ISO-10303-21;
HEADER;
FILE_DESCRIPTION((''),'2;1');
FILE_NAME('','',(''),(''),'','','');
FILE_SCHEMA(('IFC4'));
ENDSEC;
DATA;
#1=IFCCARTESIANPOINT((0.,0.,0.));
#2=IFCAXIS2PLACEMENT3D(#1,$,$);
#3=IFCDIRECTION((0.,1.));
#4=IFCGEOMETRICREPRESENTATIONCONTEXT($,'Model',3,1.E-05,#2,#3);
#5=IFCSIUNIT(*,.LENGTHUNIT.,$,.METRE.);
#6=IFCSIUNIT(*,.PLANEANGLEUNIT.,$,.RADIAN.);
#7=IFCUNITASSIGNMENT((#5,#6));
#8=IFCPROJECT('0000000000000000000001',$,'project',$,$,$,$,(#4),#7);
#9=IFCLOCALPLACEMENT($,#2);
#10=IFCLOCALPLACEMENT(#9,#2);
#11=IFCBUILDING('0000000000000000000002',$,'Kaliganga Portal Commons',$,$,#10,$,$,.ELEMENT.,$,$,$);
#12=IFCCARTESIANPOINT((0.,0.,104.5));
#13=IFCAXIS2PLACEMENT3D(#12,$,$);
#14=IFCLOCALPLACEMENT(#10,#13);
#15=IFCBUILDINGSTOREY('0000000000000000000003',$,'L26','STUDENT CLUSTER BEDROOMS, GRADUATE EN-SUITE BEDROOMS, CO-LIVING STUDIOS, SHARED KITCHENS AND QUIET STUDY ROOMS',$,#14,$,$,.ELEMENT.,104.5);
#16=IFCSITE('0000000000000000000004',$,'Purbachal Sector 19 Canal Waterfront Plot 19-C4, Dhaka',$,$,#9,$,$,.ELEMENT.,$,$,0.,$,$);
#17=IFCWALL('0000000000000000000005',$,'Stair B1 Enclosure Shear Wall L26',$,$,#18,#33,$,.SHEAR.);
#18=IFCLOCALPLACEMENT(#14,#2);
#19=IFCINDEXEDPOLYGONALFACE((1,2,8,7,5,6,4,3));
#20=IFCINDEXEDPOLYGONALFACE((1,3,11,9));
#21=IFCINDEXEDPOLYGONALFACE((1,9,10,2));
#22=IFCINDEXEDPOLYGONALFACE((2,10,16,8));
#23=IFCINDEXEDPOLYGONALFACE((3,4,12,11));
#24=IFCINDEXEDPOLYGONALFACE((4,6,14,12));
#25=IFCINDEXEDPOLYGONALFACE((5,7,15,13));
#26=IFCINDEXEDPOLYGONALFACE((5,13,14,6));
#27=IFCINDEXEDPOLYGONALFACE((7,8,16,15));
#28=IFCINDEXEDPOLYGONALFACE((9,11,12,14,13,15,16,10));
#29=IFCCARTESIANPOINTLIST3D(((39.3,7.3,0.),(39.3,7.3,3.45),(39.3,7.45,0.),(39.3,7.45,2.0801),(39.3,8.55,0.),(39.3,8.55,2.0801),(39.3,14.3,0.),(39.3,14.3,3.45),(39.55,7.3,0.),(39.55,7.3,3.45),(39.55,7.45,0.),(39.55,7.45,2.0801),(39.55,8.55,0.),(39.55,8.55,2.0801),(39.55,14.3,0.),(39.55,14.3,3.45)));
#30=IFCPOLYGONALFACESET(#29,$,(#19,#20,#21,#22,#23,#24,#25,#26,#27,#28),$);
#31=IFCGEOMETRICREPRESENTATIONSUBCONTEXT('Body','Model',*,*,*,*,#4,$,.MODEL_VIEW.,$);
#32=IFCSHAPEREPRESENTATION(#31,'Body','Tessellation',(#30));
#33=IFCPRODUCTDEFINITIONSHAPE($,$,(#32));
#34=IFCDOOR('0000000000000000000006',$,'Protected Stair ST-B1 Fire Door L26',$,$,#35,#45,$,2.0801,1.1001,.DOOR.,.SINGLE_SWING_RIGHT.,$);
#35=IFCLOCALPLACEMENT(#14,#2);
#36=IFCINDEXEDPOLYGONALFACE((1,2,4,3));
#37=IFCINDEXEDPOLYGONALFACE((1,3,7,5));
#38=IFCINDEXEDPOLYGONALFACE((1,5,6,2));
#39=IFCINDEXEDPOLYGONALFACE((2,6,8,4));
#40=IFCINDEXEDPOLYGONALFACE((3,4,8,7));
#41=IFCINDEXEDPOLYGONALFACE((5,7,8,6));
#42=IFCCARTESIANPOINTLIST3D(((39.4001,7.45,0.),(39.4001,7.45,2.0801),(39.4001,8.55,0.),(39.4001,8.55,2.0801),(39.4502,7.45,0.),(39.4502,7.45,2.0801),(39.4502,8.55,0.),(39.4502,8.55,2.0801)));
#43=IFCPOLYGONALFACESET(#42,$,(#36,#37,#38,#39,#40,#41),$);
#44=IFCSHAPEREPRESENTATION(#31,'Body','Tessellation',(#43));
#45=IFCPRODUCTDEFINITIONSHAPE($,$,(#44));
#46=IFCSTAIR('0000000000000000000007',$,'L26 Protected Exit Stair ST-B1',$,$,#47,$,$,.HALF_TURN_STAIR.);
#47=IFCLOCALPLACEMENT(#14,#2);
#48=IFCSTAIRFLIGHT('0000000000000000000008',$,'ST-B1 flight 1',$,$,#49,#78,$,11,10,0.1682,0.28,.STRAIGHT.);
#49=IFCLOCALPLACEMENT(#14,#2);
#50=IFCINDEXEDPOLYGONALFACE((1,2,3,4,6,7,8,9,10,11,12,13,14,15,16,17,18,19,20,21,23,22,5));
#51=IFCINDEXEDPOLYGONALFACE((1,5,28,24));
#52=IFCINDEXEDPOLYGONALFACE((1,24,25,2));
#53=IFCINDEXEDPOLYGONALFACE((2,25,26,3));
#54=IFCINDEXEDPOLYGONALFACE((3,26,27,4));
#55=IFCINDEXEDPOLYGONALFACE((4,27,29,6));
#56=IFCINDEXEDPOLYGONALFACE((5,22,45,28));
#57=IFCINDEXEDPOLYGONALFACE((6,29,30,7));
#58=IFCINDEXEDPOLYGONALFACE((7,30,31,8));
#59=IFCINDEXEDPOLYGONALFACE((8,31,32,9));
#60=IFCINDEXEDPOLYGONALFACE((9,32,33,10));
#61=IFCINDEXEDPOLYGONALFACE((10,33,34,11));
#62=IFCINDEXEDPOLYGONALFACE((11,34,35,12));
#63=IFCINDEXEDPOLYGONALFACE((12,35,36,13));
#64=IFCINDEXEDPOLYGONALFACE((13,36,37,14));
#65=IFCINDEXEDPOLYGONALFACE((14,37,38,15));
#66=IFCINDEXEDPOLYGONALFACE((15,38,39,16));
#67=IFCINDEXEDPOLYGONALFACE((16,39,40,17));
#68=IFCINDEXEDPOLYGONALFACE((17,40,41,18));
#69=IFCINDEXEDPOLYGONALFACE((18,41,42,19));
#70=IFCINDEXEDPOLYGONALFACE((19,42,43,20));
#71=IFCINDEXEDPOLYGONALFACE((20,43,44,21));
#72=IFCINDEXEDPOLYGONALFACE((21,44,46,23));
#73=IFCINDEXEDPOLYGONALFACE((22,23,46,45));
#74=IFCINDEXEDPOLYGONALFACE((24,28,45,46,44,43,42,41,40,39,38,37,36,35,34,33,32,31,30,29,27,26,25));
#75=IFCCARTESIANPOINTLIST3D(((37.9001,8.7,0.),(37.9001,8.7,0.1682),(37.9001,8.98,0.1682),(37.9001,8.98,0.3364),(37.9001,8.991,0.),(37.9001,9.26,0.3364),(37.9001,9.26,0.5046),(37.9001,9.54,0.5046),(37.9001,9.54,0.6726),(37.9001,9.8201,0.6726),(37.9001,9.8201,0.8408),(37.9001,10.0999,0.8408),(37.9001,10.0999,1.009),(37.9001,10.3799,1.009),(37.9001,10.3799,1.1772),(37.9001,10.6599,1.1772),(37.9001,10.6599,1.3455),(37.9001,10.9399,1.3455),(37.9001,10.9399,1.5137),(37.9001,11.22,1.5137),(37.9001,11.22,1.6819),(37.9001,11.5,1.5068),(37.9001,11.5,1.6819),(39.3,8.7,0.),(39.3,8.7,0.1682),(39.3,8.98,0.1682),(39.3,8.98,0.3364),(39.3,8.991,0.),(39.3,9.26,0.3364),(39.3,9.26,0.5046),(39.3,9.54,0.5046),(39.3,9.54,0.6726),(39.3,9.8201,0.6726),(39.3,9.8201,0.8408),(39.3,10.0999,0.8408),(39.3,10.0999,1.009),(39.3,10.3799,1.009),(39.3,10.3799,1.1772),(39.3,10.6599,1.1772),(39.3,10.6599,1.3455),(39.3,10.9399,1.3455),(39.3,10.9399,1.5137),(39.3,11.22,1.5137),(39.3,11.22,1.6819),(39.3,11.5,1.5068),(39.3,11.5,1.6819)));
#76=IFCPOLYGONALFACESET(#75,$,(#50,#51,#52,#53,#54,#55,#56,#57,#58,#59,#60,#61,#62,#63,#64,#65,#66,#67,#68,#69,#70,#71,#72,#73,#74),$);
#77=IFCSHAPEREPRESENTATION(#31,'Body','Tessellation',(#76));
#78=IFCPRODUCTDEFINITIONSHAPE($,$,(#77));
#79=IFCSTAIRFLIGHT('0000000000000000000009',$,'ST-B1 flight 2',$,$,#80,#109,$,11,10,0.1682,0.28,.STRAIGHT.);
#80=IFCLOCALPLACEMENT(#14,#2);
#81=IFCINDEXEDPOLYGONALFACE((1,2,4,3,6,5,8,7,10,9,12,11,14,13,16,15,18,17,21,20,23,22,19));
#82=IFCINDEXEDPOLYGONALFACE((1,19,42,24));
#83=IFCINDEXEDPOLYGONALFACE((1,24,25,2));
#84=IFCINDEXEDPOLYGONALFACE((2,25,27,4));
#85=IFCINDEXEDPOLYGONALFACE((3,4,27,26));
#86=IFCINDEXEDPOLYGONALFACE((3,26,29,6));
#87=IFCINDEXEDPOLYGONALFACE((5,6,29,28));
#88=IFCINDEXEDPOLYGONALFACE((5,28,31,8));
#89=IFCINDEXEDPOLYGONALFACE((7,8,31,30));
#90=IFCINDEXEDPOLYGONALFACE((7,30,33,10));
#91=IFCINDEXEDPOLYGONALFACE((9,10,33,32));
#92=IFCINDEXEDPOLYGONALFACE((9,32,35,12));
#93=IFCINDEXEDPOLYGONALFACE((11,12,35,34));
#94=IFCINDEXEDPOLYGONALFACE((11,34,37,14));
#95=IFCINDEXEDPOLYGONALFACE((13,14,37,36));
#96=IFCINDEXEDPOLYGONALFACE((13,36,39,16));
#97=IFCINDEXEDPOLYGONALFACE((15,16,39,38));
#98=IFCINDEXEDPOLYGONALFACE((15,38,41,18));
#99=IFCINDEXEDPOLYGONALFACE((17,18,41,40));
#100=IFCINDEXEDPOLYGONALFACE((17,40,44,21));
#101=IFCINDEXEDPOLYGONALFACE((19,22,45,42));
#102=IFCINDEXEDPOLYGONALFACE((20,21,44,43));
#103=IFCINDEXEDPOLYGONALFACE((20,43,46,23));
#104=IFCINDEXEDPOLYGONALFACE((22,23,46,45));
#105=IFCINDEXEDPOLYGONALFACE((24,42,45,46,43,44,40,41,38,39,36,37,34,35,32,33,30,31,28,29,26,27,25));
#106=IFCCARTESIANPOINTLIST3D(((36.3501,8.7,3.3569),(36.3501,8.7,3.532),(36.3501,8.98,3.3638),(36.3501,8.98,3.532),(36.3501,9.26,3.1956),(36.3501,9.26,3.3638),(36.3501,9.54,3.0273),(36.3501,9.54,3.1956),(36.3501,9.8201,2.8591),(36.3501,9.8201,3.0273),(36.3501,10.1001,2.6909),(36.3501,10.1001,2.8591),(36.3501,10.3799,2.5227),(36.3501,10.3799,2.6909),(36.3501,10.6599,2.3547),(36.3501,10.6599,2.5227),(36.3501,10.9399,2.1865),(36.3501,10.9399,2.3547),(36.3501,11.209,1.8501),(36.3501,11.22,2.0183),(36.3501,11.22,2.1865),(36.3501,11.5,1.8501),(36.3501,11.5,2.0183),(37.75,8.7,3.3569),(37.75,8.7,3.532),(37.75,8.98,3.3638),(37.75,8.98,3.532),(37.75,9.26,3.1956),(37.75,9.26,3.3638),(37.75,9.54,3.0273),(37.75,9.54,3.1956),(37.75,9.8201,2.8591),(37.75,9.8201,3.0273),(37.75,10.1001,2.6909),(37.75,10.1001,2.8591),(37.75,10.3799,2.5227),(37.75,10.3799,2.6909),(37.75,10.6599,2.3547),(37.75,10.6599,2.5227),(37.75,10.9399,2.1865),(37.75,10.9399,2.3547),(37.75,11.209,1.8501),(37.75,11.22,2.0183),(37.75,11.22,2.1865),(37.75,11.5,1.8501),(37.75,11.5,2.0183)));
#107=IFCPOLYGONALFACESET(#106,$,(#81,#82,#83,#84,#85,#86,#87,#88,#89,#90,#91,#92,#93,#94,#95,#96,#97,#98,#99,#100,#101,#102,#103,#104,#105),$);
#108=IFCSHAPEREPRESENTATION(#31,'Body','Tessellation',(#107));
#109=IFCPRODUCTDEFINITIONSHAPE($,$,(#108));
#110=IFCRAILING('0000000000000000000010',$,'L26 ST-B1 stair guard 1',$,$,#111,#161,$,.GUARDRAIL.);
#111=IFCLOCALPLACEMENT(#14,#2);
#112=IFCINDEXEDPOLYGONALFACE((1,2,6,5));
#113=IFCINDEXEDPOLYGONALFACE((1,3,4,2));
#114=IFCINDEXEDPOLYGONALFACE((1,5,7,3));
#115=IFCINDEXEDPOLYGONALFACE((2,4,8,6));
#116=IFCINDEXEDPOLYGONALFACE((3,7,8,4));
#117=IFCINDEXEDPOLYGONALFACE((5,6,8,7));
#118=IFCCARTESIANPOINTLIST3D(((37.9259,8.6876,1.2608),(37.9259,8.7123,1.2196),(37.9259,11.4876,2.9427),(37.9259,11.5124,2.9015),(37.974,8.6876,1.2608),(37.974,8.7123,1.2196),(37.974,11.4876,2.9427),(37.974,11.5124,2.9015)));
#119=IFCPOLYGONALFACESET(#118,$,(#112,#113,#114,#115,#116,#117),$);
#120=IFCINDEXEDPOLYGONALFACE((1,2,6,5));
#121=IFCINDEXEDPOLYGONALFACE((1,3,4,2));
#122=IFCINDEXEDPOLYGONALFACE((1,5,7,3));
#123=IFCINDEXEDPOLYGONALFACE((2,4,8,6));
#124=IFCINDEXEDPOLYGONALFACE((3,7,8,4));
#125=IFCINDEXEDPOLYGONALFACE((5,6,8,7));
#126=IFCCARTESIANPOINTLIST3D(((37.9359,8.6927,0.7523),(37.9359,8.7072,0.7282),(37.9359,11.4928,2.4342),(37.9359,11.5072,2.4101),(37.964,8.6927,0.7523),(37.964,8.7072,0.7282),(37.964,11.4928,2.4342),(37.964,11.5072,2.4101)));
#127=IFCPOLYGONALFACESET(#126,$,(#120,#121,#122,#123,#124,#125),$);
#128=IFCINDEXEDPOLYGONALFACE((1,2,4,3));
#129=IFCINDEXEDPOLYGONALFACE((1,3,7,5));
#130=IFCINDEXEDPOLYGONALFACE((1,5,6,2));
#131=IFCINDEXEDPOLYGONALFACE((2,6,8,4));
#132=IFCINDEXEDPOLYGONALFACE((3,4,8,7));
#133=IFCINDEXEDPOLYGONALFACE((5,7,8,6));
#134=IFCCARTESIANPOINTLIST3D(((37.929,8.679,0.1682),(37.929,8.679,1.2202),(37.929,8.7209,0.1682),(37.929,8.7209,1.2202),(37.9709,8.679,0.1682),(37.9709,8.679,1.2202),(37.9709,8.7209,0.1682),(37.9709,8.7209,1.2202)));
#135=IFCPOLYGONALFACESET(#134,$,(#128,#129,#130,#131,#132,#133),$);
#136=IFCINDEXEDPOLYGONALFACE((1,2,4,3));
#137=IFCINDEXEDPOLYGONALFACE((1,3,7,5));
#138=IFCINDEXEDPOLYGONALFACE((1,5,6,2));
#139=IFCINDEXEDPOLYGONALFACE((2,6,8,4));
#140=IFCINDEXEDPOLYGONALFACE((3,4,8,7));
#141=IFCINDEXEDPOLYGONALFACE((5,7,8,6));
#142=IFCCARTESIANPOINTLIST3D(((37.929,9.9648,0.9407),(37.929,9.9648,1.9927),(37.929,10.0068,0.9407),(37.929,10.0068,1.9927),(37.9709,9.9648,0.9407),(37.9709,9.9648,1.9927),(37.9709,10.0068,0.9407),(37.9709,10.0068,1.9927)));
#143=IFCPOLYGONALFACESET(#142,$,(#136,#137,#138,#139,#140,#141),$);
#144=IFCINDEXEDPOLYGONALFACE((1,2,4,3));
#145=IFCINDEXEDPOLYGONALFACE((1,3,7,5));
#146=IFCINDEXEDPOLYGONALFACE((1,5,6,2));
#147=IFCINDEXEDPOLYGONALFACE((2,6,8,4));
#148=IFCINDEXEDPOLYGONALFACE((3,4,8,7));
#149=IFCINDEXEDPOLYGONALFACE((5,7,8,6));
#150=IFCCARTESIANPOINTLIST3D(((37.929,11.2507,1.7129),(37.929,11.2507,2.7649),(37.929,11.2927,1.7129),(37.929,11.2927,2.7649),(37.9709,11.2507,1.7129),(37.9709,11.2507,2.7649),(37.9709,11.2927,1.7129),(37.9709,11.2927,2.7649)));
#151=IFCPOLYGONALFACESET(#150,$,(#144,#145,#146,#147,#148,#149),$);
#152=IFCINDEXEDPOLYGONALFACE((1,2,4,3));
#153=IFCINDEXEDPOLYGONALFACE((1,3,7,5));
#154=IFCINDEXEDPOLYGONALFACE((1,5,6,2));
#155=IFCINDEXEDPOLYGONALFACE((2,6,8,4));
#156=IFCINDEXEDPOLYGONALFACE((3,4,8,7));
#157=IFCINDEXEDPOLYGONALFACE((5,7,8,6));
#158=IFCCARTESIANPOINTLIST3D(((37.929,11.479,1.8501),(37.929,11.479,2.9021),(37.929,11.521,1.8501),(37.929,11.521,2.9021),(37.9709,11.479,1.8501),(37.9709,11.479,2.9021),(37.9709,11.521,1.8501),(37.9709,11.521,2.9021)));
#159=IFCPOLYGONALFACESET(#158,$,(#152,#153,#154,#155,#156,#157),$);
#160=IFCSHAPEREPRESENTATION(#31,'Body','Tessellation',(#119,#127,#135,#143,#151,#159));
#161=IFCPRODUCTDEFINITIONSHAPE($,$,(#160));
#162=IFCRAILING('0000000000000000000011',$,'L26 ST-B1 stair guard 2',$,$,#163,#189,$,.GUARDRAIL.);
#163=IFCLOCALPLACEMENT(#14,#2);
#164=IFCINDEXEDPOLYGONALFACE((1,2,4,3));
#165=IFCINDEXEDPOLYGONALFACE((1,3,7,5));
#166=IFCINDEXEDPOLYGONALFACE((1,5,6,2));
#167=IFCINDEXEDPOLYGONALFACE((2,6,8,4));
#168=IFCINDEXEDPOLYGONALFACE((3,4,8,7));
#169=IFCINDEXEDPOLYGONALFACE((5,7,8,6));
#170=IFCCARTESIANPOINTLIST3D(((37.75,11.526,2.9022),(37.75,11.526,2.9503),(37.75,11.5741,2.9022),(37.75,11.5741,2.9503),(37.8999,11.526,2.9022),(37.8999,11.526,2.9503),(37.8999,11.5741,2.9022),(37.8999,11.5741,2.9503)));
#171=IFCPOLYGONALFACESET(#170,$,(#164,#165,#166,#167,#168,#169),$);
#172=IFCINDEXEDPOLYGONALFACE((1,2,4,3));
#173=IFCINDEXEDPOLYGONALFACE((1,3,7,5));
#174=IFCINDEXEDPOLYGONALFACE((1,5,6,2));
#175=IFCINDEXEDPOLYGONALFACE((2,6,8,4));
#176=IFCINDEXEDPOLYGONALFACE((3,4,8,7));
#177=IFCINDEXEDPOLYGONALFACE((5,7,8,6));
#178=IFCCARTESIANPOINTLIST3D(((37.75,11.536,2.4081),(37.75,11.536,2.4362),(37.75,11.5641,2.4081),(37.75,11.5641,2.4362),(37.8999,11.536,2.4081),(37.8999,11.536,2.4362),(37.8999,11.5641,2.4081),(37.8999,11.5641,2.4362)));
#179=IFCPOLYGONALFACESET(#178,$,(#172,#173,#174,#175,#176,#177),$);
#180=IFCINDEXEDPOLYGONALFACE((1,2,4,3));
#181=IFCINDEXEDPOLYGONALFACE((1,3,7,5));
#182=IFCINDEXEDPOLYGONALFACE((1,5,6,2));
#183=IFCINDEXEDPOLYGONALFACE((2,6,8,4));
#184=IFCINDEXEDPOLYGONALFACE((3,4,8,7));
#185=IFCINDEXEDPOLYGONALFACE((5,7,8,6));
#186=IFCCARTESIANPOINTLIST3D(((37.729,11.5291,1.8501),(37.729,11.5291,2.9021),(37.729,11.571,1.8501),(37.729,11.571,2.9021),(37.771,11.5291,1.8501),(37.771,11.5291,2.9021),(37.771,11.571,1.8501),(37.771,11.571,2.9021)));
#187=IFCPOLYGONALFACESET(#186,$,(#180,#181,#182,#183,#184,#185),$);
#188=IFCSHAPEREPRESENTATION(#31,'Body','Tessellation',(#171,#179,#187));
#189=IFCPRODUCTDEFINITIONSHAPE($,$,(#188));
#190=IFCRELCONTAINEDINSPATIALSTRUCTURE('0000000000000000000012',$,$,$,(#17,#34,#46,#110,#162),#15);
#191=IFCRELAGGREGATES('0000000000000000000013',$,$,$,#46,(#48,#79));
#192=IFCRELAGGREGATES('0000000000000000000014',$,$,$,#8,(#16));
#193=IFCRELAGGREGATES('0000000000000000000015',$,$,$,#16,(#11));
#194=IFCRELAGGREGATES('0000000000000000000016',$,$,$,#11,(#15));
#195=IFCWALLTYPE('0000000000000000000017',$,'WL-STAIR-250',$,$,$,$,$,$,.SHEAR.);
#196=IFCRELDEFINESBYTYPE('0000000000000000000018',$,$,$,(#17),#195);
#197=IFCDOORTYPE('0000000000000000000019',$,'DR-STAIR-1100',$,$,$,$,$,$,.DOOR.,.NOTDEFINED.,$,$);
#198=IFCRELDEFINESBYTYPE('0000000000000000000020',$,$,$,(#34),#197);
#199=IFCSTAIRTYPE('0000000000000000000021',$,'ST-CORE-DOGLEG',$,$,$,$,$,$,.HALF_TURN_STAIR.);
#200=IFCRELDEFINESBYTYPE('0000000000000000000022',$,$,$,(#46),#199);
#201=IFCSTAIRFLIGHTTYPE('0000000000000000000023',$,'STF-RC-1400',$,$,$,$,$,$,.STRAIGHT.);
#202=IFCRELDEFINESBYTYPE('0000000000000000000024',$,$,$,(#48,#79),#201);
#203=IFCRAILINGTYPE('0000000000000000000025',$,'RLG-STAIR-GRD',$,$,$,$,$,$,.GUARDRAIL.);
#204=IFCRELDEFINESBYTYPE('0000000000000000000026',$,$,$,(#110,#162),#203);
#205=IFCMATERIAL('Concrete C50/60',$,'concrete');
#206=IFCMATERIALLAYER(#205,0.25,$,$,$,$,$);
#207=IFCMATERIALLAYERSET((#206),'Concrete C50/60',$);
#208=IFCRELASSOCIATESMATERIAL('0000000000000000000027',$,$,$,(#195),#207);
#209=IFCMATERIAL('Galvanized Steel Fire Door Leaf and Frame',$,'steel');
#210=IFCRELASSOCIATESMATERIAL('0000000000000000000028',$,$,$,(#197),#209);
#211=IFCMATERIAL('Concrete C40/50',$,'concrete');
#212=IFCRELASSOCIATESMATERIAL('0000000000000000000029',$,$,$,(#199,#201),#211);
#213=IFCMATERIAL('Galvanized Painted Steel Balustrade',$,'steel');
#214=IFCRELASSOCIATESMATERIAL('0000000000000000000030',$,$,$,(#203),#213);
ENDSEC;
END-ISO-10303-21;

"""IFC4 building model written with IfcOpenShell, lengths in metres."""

from ifc_helpers import new_model, si_unit, direction, frame, frame_2d, origin, origin_2d, place, context, subcontext, project, spatial, polyline, rectangle, outline, extrude, material, layer, layer_set, type_object, element, fill, aggregate, save


model = new_model("IFC4")

# Units and contexts
model_context = context("Model", 3, precision=1e-05, world=origin(), true_north=direction((0.0, 1.0)))
body_context = subcontext(model_context, "Body", "Model", "MODEL_VIEW")
ifc_project = project(units=[si_unit("LENGTHUNIT", "METRE"), si_unit("PLANEANGLEUNIT", "RADIAN")], contexts=[model_context])

# Site, building, storey
site_placement = place(None, origin())
site = spatial("IfcSite", under=ifc_project, at=site_placement, Name="Purbachal Sector 19 Canal Waterfront Plot 19-C4, Dhaka", CompositionType="ELEMENT", RefElevation=0.0)
building_placement = place(site_placement, origin())
building = spatial("IfcBuilding", under=site, at=building_placement, Name="Kaliganga Portal Commons", CompositionType="ELEMENT")
storey_placement = place(building_placement, frame((0.0, 0.0, 104.5)))
storey = spatial("IfcBuildingStorey", under=building, at=storey_placement, Name="L26", Description="STUDENT CLUSTER BEDROOMS, GRADUATE EN-SUITE BEDROOMS, CO-LIVING STUDIOS, SHARED KITCHENS AND QUIET STUDY ROOMS", CompositionType="ELEMENT", Elevation=104.5)

# Shared definitions
ifc_material_1 = material(Name="Concrete C50/60", Category="concrete")

# Wall, opening, door
ifc_layer_1 = layer(ifc_material_1, 0.25)
ifc_layer_set_1 = layer_set([ifc_layer_1], Name="Concrete C50/60")
wall_type_1 = type_object("IfcWallType", Name="WL-STAIR-250", PredefinedType="SHEAR", material=ifc_layer_set_1)
wall_1_placement = place(storey_placement, frame((39.425, 7.3, 0.0), z_axis=(0.0, 0.0, 1.0), x_axis=(0.0, 1.0, 0.0)))
wall_1 = element("IfcWall", 1, at=wall_1_placement, inside=storey, type_object=wall_type_1, Name="Stair B1 Enclosure Shear Wall L26", PredefinedType="SHEAR", context=body_context, shape_type="SweptSolid", body=[
    extrude(rectangle(XDim=7.0, YDim=0.25, at=frame_2d((3.5, 0.0))), origin(), (0.0, 0.0, 1.0), 3.45),
])
opening_1_placement = place(wall_1_placement, frame((0.1499, 0.0, 0.0)))
opening_1 = element("IfcOpeningElement", 2, at=opening_1_placement, cuts=wall_1, PredefinedType="OPENING", context=body_context, shape_type="SweptSolid", body=[
    extrude(rectangle(XDim=1.1001, YDim=2.0801, at=frame_2d((0.55, 1.04))), frame((0.0, 0.135, 0.0), z_axis=(0.0, -1.0, 0.0), x_axis=(1.0, 0.0, 0.0)), (0.0, 0.0, 1.0), 0.27),
])
ifc_material_2 = material(Name="Galvanized Steel Fire Door Leaf and Frame", Category="steel")
door_type_1 = type_object("IfcDoorType", Name="DR-STAIR-1100", OperationType="NOTDEFINED", PredefinedType="DOOR", material=ifc_material_2)
door_1_placement = place(opening_1_placement, origin())
door_1 = element("IfcDoor", 3, at=door_1_placement, inside=storey, type_object=door_type_1, Name="Protected Stair ST-B1 Fire Door L26", OperationType="SINGLE_SWING_RIGHT", OverallHeight=2.0801, OverallWidth=1.1001, PredefinedType="DOOR", context=body_context, shape_type="SweptSolid", body=[
    extrude(rectangle(XDim=1.1001, YDim=2.0801, at=frame_2d((0.55, 1.04))), frame((0.0, 0.0249, 0.0), z_axis=(0.0, -1.0, 0.0), x_axis=(1.0, 0.0, 0.0)), (0.0, 0.0, 1.0), 0.05),
])
fill(opening_1, door_1)

# Stair, stair flights
ifc_material_3 = material(Name="Concrete C40/50", Category="concrete")
stair_type = type_object("IfcStairType", Name="ST-CORE-DOGLEG", PredefinedType="HALF_TURN_STAIR", material=ifc_material_3)
stair_placement = place(storey_placement, origin())
stair = element("IfcStair", 4, at=stair_placement, inside=storey, type_object=stair_type, Name="L26 Protected Exit Stair ST-B1", PredefinedType="HALF_TURN_STAIR")
stair_flight_type = type_object("IfcStairFlightType", Name="STF-RC-1400", PredefinedType="STRAIGHT", material=ifc_material_3)
stair_flight_1_placement = place(storey_placement, frame((38.6001, 8.7, 0.0), z_axis=(0.0, 0.0, 1.0), x_axis=(0.0, 1.0, 0.0)))
stair_flight_1 = element("IfcStairFlight", 5, at=stair_flight_1_placement, type_object=stair_flight_type, Name="ST-B1 flight 1", NumberOfRisers=11, NumberOfTreads=10, PredefinedType="STRAIGHT", RiserHeight=0.1682, TreadLength=0.28, context=body_context, shape_type="SweptSolid", body=[
    extrude(outline(polyline([(0.0, 0.0), (0.0, 0.1682), (0.28, 0.1682), (0.28, 0.3364), (0.5601, 0.3364), (0.5601, 0.5046), (0.8401, 0.5046), (0.8401, 0.6726), (1.1201, 0.6726), (1.1201, 0.8408), (1.3999, 0.8408), (1.3999, 1.009), (1.6799, 1.009), (1.6799, 1.1772), (1.96, 1.1772), (1.96, 1.3455), (2.24, 1.3455), (2.24, 1.5137), (2.52, 1.5137), (2.52, 1.6819), (2.8, 1.6819), (2.8, 1.8501), (2.8, 1.5068), (0.291, 0.0), (0.0, 0.0)])), frame((0.0, 0.7, 0.0), z_axis=(0.0, -1.0, 0.0), x_axis=(1.0, 0.0, 0.0)), (0.0, 0.0, 1.0), 1.3999),
])
stair_flight_2_placement = place(storey_placement, frame((37.05, 11.5, 1.8501), z_axis=(0.0, 0.0, 1.0), x_axis=(0.0, -1.0, 0.0)))
stair_flight_2 = element("IfcStairFlight", 6, at=stair_flight_2_placement, type_object=stair_flight_type, Name="ST-B1 flight 2", NumberOfRisers=11, NumberOfTreads=10, PredefinedType="STRAIGHT", RiserHeight=0.1682, TreadLength=0.28, context=body_context, shape_type="SweptSolid", body=[
    extrude(outline(polyline([(0.0, 0.0), (0.0, 0.1682), (0.28, 0.1682), (0.28, 0.3364), (0.5601, 0.3364), (0.5601, 0.5046), (0.8401, 0.5046), (0.8401, 0.6726), (1.1201, 0.6726), (1.1201, 0.8408), (1.3999, 0.8408), (1.3999, 1.009), (1.6799, 1.009), (1.6799, 1.1772), (1.96, 1.1772), (1.96, 1.3455), (2.24, 1.3455), (2.24, 1.5137), (2.52, 1.5137), (2.52, 1.6819), (2.8, 1.6819), (2.8, 1.8501), (2.8, 1.5068), (0.291, 0.0), (0.0, 0.0)])), frame((0.0, 0.7, 0.0), z_axis=(0.0, -1.0, 0.0), x_axis=(1.0, 0.0, 0.0)), (0.0, 0.0, 1.0), 1.3999),
])
aggregate(stair, [stair_flight_1, stair_flight_2])

# Railings
ifc_material_4 = material(Name="Galvanized Painted Steel Balustrade", Category="steel")
railing_type_1 = type_object("IfcRailingType", Name="RLG-STAIR-GRD", PredefinedType="GUARDRAIL", material=ifc_material_4)
railing_1_placement = place(storey_placement, frame((37.95, 8.7, 0.1682)))
element("IfcRailing", 7, at=railing_1_placement, inside=storey, type_object=railing_type_1, Name="L26 ST-B1 stair guard 1", PredefinedType="GUARDRAIL", context=body_context, shape_type="SweptSolid", body=[
    extrude(rectangle(XDim=0.0481, YDim=0.0481, at=origin_2d()), frame((0.0, 0.0, 1.072), z_axis=(0.0, 0.857242, 0.514913), x_axis=(-1.0, 0.0, 0.0)), (0.0, 0.0, 1.0), 3.2664),
    extrude(rectangle(XDim=0.0281, YDim=0.0281, at=origin_2d()), frame((0.0, 0.0, 0.572), z_axis=(0.0, 0.857242, 0.514913), x_axis=(-1.0, 0.0, 0.0)), (0.0, 0.0, 1.0), 3.2664),
    extrude(rectangle(XDim=0.042, YDim=0.042, at=origin_2d()), origin(), (0.0, 0.0, 1.0), 1.052),
    extrude(rectangle(XDim=0.042, YDim=0.042, at=origin_2d()), frame((0.0, 1.2859, 0.7725)), (0.0, 0.0, 1.0), 1.052),
    extrude(rectangle(XDim=0.042, YDim=0.042, at=origin_2d()), frame((0.0, 2.5718, 1.5447)), (0.0, 0.0, 1.0), 1.052),
    extrude(rectangle(XDim=0.042, YDim=0.042, at=origin_2d()), frame((0.0, 2.8, 1.6819)), (0.0, 0.0, 1.0), 1.052),
])
railing_2_placement = place(storey_placement, frame((37.8999, 11.55, 1.8501)))
element("IfcRailing", 8, at=railing_2_placement, inside=storey, type_object=railing_type_1, Name="L26 ST-B1 stair guard 2", PredefinedType="GUARDRAIL", context=body_context, shape_type="SweptSolid", body=[
    extrude(rectangle(XDim=0.0481, YDim=0.0481, at=origin_2d()), frame((0.0, 0.0, 1.0762), z_axis=(-1.0, 0.0, 0.0), x_axis=(0.0, -1.0, 0.0)), (0.0, 0.0, 1.0), 0.1499),
    extrude(rectangle(XDim=0.0281, YDim=0.0281, at=origin_2d()), frame((0.0, 0.0, 0.572), z_axis=(-1.0, 0.0, 0.0), x_axis=(0.0, -1.0, 0.0)), (0.0, 0.0, 1.0), 0.1499),
    extrude(rectangle(XDim=0.042, YDim=0.042, at=origin_2d()), frame((-0.1499, 0.0, 0.0)), (0.0, 0.0, 1.0), 1.052),
])

save(model, "model.ifc")
